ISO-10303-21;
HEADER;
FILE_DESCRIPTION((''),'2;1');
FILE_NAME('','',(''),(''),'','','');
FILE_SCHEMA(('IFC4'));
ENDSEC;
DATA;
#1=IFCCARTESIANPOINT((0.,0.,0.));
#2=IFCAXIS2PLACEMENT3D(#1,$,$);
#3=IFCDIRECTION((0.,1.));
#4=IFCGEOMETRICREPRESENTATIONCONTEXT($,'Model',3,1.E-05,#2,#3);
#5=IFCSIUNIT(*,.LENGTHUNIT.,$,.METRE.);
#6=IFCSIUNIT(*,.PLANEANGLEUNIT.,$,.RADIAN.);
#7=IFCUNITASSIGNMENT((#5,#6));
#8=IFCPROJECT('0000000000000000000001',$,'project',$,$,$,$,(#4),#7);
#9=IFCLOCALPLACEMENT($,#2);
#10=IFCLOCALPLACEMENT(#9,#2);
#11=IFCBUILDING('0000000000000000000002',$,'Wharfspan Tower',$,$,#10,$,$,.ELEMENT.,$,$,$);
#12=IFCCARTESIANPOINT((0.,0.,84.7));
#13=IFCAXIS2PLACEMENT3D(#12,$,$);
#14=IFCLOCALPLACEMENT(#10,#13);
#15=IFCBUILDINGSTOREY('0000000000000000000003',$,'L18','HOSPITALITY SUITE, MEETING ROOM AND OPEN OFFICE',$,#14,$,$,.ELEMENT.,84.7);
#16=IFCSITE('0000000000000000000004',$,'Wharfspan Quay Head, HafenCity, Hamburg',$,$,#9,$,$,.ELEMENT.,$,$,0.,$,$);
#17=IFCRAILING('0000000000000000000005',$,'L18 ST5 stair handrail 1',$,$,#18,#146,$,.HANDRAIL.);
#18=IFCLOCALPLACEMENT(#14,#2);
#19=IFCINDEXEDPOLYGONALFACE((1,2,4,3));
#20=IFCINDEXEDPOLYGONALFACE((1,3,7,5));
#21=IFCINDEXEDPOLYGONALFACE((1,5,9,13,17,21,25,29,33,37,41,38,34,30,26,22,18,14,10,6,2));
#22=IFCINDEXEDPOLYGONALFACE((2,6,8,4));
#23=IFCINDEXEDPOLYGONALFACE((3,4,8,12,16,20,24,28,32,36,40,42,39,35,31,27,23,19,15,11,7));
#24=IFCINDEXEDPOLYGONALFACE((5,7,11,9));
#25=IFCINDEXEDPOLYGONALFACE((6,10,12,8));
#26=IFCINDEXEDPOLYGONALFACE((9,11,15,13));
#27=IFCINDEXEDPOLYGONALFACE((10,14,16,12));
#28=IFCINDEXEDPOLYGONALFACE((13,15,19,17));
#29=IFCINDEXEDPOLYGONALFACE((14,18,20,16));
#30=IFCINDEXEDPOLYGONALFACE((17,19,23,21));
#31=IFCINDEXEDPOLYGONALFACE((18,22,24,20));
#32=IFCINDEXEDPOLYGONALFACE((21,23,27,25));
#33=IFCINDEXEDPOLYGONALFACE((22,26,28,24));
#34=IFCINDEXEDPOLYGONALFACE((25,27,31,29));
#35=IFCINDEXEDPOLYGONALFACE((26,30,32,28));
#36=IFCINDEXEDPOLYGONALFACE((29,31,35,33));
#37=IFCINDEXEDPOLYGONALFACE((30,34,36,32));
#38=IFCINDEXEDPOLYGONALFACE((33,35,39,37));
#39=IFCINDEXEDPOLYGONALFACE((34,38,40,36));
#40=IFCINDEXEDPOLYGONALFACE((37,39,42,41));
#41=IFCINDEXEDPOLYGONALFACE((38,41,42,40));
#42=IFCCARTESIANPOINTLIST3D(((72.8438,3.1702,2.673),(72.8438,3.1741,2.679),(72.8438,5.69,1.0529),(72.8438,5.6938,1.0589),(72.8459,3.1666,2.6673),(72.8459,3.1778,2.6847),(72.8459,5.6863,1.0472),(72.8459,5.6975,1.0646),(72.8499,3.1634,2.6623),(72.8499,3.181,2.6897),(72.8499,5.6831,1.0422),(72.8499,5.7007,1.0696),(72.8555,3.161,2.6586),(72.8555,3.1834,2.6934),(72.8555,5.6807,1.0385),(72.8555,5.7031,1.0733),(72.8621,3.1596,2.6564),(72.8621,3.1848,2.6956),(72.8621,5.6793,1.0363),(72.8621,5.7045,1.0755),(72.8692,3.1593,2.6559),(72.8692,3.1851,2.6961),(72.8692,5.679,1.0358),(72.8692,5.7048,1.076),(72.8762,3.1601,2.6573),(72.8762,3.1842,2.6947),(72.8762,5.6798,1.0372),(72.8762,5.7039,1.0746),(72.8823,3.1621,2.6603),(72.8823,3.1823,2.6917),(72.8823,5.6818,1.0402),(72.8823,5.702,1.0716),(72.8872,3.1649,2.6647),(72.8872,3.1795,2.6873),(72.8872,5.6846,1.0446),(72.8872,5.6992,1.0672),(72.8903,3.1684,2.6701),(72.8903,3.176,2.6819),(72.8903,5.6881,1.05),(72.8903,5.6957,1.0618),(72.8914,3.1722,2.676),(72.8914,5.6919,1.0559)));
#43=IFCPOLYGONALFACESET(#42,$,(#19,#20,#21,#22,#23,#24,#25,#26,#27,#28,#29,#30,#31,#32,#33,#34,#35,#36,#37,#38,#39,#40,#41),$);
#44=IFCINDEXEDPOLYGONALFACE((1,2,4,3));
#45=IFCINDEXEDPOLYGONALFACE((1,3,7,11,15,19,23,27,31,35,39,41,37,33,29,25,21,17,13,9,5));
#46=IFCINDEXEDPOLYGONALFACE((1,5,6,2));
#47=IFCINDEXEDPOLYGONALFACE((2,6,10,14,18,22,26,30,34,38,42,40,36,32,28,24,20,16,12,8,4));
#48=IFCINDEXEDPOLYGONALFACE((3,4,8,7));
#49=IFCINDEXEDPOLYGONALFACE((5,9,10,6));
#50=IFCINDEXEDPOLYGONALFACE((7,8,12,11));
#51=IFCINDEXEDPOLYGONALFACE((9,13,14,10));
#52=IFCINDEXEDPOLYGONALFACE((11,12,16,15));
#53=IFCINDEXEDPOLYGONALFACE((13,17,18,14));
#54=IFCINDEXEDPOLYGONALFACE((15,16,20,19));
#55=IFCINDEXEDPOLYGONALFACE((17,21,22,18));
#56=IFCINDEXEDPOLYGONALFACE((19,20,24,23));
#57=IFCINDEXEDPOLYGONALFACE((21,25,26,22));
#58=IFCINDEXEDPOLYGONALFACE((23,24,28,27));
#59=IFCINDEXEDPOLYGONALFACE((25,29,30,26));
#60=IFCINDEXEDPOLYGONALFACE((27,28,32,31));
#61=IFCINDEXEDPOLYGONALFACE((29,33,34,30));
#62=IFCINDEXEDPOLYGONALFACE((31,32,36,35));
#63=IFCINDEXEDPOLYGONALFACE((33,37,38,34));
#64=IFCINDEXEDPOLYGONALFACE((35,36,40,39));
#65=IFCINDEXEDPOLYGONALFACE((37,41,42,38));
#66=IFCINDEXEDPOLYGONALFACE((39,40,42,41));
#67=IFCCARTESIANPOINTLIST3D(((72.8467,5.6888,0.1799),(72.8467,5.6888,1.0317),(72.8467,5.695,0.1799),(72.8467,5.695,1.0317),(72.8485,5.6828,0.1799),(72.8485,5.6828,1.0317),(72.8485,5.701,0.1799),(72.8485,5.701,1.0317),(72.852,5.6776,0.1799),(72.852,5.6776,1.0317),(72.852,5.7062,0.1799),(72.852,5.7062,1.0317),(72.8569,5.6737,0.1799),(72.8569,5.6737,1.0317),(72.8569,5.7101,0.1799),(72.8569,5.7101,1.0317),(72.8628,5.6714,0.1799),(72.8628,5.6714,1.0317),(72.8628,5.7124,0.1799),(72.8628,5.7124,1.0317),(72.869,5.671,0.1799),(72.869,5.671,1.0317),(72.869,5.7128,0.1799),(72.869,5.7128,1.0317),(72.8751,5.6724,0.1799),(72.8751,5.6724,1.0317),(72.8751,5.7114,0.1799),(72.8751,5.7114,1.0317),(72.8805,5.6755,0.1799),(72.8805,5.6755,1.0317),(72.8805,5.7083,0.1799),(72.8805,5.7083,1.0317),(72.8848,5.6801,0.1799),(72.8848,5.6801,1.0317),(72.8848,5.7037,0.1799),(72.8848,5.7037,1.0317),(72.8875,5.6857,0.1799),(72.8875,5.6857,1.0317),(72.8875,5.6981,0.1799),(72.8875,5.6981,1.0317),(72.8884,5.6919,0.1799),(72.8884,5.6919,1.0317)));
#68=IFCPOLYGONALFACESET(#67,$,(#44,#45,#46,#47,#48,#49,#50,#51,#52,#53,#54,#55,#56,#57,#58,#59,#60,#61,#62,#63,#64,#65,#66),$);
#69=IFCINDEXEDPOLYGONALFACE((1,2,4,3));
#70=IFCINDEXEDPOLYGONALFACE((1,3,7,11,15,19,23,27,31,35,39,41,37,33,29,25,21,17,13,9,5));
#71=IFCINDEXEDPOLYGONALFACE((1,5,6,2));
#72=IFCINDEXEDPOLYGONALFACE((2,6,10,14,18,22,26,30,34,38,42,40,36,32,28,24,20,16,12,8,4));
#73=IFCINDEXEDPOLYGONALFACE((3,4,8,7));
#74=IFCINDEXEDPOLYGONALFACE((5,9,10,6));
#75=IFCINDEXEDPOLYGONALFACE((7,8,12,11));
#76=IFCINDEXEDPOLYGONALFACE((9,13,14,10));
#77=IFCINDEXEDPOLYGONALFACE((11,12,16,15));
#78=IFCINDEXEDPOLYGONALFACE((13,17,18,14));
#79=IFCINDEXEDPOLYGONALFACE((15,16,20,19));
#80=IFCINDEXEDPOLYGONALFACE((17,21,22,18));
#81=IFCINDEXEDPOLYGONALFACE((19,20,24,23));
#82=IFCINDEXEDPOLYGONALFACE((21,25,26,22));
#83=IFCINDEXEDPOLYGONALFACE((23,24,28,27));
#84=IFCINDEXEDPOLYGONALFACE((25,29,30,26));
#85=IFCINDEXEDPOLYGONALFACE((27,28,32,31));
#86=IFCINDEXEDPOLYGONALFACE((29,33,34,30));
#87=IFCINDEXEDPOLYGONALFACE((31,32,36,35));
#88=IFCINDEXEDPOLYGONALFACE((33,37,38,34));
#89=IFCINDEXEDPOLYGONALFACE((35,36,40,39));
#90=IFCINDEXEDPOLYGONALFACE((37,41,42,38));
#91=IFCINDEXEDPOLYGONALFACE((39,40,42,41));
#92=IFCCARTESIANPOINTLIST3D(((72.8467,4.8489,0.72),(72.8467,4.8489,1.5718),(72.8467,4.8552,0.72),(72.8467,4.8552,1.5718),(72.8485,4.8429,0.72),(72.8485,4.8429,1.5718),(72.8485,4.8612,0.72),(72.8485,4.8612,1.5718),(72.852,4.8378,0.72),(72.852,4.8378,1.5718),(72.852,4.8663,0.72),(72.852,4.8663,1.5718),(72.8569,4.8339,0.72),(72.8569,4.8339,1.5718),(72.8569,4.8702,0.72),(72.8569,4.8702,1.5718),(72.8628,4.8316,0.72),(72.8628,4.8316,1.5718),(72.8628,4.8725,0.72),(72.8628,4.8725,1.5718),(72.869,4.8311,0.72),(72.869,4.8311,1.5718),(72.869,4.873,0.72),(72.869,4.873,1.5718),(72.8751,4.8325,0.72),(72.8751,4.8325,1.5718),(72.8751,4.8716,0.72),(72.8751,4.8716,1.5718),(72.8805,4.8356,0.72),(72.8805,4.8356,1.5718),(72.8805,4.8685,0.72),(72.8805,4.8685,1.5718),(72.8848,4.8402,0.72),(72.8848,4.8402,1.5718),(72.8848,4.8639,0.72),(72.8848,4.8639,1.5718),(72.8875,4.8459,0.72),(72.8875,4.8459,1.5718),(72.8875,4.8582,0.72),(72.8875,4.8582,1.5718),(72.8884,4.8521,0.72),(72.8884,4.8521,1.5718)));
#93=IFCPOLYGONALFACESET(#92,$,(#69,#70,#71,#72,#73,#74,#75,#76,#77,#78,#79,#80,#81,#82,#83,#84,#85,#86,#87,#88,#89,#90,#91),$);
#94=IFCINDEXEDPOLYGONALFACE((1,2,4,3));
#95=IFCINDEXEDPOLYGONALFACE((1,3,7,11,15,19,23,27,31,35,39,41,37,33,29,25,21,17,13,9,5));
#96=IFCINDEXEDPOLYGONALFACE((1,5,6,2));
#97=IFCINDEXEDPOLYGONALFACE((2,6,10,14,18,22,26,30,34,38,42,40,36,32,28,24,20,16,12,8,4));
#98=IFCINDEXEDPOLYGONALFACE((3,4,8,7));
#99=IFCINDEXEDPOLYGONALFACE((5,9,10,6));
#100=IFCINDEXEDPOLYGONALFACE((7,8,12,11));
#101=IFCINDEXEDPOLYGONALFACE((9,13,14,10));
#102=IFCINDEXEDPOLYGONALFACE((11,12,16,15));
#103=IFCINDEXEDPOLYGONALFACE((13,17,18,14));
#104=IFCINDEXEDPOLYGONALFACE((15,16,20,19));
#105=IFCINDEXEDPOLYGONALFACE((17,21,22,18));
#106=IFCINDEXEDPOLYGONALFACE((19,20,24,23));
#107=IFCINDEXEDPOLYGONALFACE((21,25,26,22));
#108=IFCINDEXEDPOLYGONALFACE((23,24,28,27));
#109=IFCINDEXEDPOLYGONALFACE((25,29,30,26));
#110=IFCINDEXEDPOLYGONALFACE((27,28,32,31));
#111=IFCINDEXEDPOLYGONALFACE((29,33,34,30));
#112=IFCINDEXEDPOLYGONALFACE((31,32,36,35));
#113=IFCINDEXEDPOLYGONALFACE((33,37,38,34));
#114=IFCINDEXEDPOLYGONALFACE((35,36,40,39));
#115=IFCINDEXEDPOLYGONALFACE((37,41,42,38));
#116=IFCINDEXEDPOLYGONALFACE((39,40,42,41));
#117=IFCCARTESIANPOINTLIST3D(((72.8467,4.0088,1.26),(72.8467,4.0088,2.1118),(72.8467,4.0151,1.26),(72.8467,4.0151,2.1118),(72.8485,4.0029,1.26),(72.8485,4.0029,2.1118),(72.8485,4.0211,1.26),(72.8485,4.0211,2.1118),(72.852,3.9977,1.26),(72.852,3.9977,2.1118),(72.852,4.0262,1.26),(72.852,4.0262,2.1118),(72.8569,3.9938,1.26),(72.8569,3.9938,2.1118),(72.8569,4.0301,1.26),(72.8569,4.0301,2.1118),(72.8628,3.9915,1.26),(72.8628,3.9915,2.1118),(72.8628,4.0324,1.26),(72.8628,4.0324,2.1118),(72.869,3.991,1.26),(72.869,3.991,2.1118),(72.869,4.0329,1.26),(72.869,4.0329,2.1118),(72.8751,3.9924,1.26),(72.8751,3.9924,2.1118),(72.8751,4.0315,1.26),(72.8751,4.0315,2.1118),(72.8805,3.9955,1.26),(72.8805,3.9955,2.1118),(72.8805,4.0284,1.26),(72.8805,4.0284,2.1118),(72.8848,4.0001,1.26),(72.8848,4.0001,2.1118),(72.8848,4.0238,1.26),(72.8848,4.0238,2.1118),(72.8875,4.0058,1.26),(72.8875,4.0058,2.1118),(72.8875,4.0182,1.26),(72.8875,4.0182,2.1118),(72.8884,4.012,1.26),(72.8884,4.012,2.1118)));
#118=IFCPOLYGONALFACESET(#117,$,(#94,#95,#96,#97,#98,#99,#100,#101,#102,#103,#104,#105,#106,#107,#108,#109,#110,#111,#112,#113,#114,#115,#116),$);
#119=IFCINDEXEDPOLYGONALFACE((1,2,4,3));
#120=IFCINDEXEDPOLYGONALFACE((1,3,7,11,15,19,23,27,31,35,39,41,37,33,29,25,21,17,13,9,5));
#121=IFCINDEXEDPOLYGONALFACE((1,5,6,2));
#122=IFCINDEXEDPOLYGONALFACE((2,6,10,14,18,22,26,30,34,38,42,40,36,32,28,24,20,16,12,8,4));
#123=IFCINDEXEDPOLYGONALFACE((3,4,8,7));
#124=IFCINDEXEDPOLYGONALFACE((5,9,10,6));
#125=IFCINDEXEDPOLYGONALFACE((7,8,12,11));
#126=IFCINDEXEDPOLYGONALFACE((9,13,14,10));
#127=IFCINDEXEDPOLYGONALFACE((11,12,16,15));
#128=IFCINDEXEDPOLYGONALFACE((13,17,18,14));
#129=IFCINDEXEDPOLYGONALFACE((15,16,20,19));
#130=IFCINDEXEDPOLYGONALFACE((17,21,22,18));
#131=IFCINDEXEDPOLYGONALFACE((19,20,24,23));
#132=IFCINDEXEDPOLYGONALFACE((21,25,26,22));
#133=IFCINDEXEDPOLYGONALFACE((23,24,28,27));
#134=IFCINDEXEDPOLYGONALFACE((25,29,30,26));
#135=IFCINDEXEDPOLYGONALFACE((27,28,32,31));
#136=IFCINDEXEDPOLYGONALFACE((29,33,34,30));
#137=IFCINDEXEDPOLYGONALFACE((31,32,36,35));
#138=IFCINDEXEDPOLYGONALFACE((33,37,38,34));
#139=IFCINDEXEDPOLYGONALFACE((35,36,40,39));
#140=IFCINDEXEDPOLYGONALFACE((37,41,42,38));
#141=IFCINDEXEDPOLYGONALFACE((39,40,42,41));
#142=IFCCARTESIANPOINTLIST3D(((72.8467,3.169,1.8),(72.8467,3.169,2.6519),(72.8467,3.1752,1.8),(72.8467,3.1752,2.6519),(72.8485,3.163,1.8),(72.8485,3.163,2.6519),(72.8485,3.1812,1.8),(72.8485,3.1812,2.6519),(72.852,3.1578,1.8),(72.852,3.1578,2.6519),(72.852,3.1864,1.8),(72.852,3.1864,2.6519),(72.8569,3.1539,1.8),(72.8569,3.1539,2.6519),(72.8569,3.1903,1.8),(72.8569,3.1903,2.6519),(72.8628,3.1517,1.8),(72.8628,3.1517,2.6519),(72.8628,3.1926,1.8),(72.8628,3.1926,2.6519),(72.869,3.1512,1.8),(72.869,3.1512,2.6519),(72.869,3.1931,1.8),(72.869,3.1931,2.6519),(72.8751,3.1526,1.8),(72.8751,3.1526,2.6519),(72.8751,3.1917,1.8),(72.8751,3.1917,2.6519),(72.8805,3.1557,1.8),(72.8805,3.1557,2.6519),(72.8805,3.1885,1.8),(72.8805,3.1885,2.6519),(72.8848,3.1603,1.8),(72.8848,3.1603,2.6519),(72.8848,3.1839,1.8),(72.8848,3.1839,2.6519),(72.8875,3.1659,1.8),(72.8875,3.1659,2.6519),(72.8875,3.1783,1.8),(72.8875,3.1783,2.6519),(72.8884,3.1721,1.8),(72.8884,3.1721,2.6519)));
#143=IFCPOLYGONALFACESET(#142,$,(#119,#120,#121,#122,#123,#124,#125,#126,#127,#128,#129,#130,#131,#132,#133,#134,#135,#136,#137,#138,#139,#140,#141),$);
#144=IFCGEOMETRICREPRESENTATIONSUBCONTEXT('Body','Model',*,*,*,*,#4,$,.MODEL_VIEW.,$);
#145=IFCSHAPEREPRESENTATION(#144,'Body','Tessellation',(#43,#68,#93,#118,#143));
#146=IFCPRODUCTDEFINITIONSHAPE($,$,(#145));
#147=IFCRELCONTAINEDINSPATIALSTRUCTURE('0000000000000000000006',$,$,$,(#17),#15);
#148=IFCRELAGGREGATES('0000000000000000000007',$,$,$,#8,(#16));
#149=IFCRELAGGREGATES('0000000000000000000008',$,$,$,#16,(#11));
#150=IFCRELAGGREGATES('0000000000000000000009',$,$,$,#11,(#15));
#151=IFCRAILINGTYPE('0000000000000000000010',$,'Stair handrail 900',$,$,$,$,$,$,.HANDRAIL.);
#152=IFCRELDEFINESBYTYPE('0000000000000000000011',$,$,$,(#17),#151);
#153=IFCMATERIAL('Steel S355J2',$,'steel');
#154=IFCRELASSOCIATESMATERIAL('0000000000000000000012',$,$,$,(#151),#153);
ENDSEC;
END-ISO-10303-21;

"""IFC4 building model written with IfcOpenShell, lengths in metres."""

from ifc_helpers import new_model, si_unit, direction, frame, origin, origin_2d, place, context, subcontext, project, spatial, circle, extrude, material, type_object, element, save


model = new_model("IFC4")

# Units and contexts
model_context = context("Model", 3, precision=1e-05, world=origin(), true_north=direction((0.0, 1.0)))
body_context = subcontext(model_context, "Body", "Model", "MODEL_VIEW")
ifc_project = project(units=[si_unit("LENGTHUNIT", "METRE"), si_unit("PLANEANGLEUNIT", "RADIAN")], contexts=[model_context])

# Site, building, storey
site_placement = place(None, origin())
site = spatial("IfcSite", under=ifc_project, at=site_placement, Name="Wharfspan Quay Head, HafenCity, Hamburg", CompositionType="ELEMENT", RefElevation=0.0)
building_placement = place(site_placement, origin())
building = spatial("IfcBuilding", under=site, at=building_placement, Name="Wharfspan Tower", CompositionType="ELEMENT")
storey_placement = place(building_placement, frame((0.0, 0.0, 84.7)))
storey = spatial("IfcBuildingStorey", under=building, at=storey_placement, Name="L18", Description="HOSPITALITY SUITE, MEETING ROOM AND OPEN OFFICE", CompositionType="ELEMENT", Elevation=84.7)

# Shared definitions
ifc_material_1 = material(Name="Steel S355J2", Category="steel")

# Railing
railing_type_1 = type_object("IfcRailingType", Name="Stair handrail 900", PredefinedType="HANDRAIL", material=ifc_material_1)
railing_1_placement = place(storey_placement, frame((72.8674, 5.6919, 0.1799)))
element("IfcRailing", 1, at=railing_1_placement, inside=storey, type_object=railing_type_1, Name="L18 ST5 stair handrail 1", PredefinedType="HANDRAIL", context=body_context, shape_type="SweptSolid", body=[
    extrude(circle(Radius=0.0239, at=origin_2d()), frame((0.0, 0.0, 0.876), z_axis=(0.0, -0.841139, 0.540819), x_axis=(1.0, 0.0, 0.0)), (0.0, 0.0, 1.0), 2.9956),
    extrude(circle(Radius=0.021, at=origin_2d()), origin(), (0.0, 0.0, 1.0), 0.8518),
    extrude(circle(Radius=0.021, at=origin_2d()), frame((0.0, -0.8398, 0.54)), (0.0, 0.0, 1.0), 0.8518),
    extrude(circle(Radius=0.021, at=origin_2d()), frame((0.0, -1.6799, 1.0801)), (0.0, 0.0, 1.0), 0.8518),
    extrude(circle(Radius=0.021, at=origin_2d()), frame((0.0, -2.5198, 1.6201)), (0.0, 0.0, 1.0), 0.8518),
])

save(model, "model.ifc")
